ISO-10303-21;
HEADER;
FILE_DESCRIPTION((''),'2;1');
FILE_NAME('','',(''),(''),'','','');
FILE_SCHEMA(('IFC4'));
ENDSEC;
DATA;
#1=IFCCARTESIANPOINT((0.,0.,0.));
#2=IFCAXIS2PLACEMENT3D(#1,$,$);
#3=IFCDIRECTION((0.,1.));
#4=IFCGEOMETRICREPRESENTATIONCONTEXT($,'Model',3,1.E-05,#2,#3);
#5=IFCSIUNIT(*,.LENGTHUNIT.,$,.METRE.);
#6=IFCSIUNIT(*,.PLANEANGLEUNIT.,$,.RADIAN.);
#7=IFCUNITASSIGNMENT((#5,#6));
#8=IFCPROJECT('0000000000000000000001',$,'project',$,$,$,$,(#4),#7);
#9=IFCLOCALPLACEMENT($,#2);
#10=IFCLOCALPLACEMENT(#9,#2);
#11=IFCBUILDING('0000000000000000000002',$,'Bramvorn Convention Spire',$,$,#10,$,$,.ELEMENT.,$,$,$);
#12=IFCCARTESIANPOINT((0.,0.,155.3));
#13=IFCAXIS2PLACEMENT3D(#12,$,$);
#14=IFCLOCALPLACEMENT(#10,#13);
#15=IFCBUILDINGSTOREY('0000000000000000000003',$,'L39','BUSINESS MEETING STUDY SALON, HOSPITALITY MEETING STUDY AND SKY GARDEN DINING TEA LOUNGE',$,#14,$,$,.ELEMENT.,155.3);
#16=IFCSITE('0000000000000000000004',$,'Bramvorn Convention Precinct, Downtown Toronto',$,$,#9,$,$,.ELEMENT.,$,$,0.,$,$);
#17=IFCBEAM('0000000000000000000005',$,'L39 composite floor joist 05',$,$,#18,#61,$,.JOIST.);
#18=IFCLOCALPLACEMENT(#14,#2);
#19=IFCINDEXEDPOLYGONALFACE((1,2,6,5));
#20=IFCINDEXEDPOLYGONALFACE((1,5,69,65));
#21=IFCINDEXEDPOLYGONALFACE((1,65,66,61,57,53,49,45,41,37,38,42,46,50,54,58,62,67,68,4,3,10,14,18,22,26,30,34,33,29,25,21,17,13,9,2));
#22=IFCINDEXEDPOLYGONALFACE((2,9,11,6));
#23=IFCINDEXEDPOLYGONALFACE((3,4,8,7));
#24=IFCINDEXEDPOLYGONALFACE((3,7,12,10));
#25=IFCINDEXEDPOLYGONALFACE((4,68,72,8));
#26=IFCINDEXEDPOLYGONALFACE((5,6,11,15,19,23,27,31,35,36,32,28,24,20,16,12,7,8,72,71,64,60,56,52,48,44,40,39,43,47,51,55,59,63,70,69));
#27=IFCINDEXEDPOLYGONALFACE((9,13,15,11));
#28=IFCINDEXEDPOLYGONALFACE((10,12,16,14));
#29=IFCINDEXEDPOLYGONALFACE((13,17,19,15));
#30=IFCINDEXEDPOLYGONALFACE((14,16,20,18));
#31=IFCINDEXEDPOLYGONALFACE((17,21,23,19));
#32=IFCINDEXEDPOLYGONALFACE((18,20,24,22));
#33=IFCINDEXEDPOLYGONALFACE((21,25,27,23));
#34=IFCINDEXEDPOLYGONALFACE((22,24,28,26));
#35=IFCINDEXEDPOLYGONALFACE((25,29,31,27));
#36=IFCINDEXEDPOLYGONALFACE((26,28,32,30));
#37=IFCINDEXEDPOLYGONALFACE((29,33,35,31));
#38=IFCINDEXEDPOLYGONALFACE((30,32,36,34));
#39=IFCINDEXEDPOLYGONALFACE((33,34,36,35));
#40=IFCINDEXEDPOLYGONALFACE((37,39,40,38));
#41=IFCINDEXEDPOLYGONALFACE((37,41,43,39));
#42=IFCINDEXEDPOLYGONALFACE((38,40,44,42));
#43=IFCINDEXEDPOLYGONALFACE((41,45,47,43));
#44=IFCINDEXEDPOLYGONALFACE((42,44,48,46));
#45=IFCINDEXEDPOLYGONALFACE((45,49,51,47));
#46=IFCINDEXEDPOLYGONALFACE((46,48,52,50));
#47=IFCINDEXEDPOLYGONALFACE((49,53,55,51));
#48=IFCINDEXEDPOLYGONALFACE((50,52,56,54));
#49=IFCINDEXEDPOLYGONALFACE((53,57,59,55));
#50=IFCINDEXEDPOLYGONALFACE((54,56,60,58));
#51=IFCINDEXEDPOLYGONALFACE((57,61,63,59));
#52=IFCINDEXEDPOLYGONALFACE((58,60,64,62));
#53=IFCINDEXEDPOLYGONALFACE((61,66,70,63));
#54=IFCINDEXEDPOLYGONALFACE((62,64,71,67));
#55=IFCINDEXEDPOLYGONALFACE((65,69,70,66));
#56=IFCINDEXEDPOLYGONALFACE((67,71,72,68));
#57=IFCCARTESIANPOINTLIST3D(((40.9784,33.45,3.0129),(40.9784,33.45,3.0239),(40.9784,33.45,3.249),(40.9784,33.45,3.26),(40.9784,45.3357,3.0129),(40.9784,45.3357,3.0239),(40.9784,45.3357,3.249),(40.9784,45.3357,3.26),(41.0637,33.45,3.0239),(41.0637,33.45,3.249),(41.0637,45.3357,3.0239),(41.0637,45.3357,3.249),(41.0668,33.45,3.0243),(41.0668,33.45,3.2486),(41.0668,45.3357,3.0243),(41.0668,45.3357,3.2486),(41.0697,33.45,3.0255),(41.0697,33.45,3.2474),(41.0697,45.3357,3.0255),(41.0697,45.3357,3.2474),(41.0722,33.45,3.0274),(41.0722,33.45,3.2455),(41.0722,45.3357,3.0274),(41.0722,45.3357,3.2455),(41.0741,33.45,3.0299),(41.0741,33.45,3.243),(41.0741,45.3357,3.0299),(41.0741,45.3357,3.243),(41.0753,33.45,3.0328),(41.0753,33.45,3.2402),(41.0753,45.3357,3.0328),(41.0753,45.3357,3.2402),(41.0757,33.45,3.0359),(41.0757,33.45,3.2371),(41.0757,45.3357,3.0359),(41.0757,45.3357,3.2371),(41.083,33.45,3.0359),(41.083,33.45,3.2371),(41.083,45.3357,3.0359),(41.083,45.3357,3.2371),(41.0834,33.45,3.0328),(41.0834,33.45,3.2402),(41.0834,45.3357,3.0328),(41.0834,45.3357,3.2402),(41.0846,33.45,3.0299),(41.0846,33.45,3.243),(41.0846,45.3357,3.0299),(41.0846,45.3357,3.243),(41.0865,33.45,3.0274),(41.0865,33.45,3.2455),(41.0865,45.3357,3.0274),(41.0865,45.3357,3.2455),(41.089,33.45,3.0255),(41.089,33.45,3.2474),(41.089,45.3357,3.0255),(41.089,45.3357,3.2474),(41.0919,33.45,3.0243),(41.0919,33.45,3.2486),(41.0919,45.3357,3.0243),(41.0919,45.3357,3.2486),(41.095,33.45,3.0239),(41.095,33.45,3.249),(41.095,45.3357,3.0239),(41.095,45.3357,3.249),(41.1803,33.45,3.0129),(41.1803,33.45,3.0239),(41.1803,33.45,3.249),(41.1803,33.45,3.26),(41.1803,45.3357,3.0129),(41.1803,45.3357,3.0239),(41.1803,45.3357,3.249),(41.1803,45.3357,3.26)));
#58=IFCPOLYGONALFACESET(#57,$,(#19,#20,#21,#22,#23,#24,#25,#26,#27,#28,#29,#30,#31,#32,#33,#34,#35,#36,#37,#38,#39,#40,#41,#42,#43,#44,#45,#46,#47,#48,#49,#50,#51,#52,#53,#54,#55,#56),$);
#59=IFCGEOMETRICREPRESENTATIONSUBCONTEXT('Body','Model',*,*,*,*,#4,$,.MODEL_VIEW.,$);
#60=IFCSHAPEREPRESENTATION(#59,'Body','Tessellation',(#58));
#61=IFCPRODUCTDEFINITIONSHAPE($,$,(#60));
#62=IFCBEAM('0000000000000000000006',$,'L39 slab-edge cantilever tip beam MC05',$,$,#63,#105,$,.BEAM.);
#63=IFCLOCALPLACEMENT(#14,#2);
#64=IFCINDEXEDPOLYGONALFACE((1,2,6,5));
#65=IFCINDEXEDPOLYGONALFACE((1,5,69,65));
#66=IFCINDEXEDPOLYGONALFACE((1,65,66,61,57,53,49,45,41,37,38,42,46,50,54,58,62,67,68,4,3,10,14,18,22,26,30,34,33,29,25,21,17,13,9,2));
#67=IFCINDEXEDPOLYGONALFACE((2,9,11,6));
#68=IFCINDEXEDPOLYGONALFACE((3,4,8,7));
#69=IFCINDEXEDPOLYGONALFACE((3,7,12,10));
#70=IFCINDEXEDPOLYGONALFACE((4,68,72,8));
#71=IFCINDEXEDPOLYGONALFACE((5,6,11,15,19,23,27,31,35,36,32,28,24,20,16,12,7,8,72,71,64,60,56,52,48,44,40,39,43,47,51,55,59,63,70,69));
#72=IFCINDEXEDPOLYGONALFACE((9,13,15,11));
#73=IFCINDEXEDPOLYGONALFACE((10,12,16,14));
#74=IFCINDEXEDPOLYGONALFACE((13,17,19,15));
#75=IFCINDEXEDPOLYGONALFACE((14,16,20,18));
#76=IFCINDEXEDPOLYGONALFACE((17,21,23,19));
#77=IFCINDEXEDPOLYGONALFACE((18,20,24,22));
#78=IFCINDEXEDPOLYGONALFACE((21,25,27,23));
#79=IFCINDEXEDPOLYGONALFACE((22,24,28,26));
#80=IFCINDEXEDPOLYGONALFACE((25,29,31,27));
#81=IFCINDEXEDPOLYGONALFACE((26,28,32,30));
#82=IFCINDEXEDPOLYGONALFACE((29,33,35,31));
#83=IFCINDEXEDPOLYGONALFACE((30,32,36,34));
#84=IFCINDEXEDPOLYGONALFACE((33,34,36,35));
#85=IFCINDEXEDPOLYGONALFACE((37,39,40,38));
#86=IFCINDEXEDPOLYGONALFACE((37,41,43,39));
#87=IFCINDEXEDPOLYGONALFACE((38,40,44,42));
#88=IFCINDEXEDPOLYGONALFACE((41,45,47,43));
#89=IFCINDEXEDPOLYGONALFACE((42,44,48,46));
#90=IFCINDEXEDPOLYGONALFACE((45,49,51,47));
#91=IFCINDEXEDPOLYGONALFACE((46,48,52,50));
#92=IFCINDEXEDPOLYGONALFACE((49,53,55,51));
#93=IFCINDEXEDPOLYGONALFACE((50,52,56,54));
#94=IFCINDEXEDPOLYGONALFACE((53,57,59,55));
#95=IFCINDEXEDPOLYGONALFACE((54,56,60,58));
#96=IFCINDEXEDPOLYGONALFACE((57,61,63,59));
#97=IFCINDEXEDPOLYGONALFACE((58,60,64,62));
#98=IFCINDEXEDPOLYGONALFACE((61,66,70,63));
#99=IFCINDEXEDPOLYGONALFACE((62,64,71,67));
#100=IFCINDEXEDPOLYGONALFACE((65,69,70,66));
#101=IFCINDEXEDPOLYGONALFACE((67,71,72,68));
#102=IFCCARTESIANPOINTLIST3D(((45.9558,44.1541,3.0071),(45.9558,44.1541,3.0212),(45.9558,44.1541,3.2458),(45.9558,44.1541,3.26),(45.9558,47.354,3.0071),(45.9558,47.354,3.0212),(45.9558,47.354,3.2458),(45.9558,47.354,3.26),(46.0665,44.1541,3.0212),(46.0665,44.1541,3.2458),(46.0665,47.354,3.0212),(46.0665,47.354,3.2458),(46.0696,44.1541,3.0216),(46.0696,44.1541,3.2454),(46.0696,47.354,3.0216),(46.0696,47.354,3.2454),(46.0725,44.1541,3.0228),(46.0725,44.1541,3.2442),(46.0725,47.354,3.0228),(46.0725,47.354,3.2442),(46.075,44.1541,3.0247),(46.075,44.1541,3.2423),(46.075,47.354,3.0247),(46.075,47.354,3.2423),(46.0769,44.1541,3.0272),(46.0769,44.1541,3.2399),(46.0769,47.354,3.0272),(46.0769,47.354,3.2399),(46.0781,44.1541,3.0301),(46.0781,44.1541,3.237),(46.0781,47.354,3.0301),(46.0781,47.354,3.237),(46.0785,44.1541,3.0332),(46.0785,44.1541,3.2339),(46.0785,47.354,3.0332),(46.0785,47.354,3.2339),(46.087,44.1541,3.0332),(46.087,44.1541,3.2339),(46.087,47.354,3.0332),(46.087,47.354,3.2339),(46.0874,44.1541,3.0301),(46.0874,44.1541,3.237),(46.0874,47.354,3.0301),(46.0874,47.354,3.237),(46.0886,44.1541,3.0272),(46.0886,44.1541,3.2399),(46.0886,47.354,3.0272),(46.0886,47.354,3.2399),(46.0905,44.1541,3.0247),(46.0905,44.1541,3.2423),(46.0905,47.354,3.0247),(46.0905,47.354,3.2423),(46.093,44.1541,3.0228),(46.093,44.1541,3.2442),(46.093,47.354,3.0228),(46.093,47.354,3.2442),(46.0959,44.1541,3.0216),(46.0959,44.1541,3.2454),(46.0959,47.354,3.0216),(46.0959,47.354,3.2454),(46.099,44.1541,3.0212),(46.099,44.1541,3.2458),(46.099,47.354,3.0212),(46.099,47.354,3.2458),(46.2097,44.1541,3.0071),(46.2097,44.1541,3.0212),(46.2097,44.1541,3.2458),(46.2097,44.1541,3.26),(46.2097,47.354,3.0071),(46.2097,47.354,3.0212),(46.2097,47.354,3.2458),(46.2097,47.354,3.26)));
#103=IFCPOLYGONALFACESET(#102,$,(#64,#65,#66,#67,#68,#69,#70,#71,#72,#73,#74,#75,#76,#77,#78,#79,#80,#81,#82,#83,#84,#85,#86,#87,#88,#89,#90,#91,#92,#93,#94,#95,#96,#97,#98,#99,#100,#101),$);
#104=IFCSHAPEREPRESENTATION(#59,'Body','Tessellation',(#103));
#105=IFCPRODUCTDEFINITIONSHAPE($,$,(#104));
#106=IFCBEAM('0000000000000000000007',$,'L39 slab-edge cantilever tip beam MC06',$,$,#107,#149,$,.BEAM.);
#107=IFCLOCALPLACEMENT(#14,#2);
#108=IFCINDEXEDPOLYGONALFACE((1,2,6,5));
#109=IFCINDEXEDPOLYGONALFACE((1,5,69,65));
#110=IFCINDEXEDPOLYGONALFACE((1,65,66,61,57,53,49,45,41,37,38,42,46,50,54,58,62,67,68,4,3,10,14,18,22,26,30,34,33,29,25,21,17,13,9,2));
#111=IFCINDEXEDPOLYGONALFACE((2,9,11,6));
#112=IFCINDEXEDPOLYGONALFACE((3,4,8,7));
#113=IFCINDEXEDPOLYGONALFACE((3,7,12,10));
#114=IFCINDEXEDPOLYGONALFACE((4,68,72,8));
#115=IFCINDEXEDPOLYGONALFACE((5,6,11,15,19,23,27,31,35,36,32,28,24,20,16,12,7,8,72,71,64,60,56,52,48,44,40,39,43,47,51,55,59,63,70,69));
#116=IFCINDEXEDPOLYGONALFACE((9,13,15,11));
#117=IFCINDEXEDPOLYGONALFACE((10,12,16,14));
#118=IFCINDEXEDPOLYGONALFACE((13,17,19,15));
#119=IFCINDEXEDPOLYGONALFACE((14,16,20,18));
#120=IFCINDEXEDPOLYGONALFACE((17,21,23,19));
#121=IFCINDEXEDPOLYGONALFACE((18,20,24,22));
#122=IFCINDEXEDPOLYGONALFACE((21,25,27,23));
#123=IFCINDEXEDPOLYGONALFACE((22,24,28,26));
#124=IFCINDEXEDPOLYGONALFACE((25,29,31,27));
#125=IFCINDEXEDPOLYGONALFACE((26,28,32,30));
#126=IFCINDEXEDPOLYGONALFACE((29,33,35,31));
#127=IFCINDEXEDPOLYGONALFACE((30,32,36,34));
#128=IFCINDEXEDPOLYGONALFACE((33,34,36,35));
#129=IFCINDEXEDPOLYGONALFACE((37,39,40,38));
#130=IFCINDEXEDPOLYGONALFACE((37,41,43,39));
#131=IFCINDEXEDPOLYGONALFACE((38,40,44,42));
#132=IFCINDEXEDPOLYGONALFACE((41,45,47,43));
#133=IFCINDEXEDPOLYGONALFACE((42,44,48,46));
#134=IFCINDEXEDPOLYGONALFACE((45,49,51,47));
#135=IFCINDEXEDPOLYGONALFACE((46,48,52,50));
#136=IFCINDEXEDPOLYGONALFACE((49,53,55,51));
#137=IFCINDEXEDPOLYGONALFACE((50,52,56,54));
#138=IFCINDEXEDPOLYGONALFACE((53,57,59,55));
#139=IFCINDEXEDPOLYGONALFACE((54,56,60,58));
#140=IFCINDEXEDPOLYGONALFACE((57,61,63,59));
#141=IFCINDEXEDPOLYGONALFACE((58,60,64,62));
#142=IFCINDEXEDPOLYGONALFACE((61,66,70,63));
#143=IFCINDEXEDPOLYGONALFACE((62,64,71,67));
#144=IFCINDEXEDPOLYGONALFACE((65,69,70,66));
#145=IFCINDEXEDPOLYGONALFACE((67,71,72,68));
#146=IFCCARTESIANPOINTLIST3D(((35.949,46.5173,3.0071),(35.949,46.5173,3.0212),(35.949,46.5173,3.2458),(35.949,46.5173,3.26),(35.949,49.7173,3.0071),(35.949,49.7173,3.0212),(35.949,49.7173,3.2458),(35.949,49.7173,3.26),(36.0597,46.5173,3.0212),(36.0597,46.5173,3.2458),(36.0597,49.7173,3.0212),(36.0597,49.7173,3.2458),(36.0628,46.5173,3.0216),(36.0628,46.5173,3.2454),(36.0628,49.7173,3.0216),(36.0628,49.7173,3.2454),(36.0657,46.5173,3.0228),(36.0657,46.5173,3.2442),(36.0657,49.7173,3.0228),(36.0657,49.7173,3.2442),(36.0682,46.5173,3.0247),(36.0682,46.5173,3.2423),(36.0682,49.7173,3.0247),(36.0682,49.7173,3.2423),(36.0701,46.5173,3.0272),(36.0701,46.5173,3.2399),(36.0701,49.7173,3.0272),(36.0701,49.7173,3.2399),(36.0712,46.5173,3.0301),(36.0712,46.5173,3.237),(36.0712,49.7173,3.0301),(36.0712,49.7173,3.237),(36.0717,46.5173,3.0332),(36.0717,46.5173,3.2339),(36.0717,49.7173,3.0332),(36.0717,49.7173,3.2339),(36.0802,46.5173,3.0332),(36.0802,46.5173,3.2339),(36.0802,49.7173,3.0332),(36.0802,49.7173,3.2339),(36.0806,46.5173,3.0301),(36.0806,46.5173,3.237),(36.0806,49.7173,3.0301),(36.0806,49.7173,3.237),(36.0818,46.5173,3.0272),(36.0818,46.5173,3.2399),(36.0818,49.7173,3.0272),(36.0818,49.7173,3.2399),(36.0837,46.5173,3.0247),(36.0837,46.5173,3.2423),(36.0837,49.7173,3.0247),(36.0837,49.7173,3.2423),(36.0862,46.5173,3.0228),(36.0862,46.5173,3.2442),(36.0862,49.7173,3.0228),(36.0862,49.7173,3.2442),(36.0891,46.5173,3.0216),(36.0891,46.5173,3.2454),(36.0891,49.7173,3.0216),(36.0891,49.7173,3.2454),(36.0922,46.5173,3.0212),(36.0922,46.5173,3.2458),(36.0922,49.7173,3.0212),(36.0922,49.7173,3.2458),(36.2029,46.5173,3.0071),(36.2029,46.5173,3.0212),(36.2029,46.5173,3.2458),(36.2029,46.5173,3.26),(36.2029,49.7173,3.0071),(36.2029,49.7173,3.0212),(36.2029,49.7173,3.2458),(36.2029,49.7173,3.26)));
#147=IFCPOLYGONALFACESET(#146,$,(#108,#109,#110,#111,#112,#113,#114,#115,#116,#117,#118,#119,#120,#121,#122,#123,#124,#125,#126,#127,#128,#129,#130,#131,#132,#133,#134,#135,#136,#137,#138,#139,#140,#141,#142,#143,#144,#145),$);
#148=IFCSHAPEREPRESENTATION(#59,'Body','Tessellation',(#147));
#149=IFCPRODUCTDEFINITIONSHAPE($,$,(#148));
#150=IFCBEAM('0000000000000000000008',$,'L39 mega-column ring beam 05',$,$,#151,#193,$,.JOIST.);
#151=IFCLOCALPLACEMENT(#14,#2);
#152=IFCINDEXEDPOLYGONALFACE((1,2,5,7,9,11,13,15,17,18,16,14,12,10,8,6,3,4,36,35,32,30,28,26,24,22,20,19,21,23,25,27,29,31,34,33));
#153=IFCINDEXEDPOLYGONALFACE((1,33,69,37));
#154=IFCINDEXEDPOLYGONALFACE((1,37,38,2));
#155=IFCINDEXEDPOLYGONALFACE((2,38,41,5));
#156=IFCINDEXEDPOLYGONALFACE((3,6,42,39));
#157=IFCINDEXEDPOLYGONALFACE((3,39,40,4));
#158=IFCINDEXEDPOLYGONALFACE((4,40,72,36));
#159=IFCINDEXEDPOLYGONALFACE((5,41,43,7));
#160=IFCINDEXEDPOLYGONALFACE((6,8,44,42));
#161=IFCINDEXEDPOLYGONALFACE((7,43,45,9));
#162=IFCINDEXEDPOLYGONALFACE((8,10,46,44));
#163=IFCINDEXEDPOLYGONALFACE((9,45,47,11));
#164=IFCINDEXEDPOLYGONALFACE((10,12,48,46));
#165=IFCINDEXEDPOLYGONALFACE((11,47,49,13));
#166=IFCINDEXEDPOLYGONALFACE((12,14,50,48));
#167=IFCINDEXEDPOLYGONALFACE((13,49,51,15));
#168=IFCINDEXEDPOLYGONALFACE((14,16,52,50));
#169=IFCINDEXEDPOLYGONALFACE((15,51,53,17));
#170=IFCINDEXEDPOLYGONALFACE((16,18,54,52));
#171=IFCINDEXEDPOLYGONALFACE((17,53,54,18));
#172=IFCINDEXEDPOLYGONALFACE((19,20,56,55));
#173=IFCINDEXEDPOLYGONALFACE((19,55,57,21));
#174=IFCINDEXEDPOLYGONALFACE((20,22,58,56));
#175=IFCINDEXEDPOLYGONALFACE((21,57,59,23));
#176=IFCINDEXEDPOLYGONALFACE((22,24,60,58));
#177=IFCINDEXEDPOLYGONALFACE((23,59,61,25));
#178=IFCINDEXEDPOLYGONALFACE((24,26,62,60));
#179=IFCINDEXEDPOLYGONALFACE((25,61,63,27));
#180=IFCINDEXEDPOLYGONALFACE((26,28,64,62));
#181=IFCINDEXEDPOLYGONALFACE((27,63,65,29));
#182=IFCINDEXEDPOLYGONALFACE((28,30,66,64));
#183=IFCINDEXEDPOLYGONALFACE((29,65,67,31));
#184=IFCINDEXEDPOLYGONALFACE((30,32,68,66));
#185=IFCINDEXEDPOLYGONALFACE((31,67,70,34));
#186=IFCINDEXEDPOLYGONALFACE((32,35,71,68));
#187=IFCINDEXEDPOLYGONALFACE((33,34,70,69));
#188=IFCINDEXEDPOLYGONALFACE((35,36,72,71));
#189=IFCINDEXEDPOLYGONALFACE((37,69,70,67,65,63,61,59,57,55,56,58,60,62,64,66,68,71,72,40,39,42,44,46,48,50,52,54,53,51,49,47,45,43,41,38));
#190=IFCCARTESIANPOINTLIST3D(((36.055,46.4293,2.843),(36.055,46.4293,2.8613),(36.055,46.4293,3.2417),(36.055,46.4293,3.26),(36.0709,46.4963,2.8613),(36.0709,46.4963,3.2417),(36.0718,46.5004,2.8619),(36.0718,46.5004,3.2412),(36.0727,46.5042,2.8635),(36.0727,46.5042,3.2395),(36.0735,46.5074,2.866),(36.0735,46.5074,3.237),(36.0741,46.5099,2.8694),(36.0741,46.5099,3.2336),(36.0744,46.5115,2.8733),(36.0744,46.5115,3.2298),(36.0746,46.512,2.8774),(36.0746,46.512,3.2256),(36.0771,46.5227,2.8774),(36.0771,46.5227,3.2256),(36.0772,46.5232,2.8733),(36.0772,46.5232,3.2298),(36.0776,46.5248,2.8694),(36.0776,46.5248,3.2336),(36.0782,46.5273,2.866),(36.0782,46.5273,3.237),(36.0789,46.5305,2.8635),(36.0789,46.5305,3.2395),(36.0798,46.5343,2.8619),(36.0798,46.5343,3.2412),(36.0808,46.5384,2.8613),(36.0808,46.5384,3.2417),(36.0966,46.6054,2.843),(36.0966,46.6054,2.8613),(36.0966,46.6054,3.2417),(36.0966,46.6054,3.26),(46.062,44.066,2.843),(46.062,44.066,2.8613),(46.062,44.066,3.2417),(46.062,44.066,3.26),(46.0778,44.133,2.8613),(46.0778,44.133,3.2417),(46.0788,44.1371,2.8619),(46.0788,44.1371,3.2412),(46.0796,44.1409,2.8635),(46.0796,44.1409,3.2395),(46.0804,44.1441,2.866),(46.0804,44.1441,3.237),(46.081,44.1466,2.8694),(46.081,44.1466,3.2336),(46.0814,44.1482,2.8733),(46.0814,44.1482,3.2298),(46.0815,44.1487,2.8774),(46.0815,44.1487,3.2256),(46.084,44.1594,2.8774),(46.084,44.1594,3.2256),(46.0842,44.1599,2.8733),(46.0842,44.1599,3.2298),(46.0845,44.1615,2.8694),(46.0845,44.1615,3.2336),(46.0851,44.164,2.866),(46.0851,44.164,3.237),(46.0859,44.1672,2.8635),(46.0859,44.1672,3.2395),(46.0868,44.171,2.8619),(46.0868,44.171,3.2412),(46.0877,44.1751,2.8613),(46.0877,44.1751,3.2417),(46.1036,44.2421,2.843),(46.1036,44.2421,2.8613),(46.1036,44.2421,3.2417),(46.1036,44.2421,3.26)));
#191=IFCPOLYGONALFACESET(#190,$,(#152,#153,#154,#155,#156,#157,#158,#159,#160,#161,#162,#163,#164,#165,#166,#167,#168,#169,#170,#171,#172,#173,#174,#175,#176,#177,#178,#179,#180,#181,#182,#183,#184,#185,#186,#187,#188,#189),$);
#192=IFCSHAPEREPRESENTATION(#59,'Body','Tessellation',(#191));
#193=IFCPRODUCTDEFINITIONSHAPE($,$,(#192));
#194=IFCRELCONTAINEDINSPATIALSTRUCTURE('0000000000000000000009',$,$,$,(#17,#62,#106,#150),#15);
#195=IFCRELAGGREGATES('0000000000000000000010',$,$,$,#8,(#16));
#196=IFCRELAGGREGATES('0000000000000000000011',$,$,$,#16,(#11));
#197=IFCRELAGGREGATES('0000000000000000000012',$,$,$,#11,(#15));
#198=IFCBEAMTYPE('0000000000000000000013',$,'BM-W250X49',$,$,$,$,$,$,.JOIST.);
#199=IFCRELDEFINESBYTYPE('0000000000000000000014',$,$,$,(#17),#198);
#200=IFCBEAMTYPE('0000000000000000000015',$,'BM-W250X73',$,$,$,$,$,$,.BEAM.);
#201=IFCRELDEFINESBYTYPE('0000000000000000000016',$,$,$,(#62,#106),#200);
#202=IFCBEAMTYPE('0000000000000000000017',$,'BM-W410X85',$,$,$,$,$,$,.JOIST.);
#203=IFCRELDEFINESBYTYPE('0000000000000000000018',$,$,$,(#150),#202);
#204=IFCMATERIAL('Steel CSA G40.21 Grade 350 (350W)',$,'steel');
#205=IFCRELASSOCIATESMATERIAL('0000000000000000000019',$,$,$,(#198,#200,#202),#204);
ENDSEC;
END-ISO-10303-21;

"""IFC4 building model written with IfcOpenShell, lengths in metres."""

from ifc_helpers import new_model, si_unit, direction, frame, origin, origin_2d, place, context, subcontext, project, spatial, i_section, extrude, material, material_profile, profile_set, type_object, element, save


model = new_model("IFC4")

# Units and contexts
model_context = context("Model", 3, precision=1e-05, world=origin(), true_north=direction((0.0, 1.0)))
body_context = subcontext(model_context, "Body", "Model", "MODEL_VIEW")
ifc_project = project(units=[si_unit("LENGTHUNIT", "METRE"), si_unit("PLANEANGLEUNIT", "RADIAN")], contexts=[model_context])

# Site, building, storey
site_placement = place(None, origin())
site = spatial("IfcSite", under=ifc_project, at=site_placement, Name="Bramvorn Convention Precinct, Downtown Toronto", CompositionType="ELEMENT", RefElevation=0.0)
building_placement = place(site_placement, origin())
building = spatial("IfcBuilding", under=site, at=building_placement, Name="Bramvorn Convention Spire", CompositionType="ELEMENT")
storey_placement = place(building_placement, frame((0.0, 0.0, 155.3)))
storey = spatial("IfcBuildingStorey", under=building, at=storey_placement, Name="L39", Description="BUSINESS MEETING STUDY SALON, HOSPITALITY MEETING STUDY AND SKY GARDEN DINING TEA LOUNGE", CompositionType="ELEMENT", Elevation=155.3)

# Shared definitions
ifc_material_1 = material(Name="Steel CSA G40.21 Grade 350 (350W)", Category="steel")

# Beams
ifc_material_profile_1 = material_profile(ifc_material_1, i_section(OverallWidth=0.2019, OverallDepth=0.2471, WebThickness=0.0073, FlangeThickness=0.011, FilletRadius=0.012, at=origin_2d()))
ifc_profile_set_1 = profile_set([ifc_material_profile_1], Name="Steel CSA G40.21 Grade 350 (350W) - W250X49")
beam_type_1 = type_object("IfcBeamType", Name="BM-W250X49", PredefinedType="JOIST", material=ifc_profile_set_1)
beam_1_placement = place(storey_placement, frame((41.0793, 33.45, 3.1365), z_axis=(0.0, 1.0, 0.0), x_axis=(-1.0, 0.0, 0.0)))
element("IfcBeam", 1, at=beam_1_placement, inside=storey, type_object=beam_type_1, Name="L39 composite floor joist 05", PredefinedType="JOIST", context=body_context, shape_type="SweptSolid", body=[
    extrude(i_section(OverallWidth=0.2019, OverallDepth=0.2471, WebThickness=0.0073, FlangeThickness=0.011, FilletRadius=0.012, at=origin_2d()), origin(), (0.0, 0.0, 1.0), 11.8857),
])
ifc_material_profile_2 = material_profile(ifc_material_1, i_section(OverallWidth=0.2539, OverallDepth=0.2529, WebThickness=0.0085, FlangeThickness=0.0142, FilletRadius=0.012, at=origin_2d()))
ifc_profile_set_2 = profile_set([ifc_material_profile_2], Name="Steel CSA G40.21 Grade 350 (350W) - W250X73")
beam_type_2 = type_object("IfcBeamType", Name="BM-W250X73", PredefinedType="BEAM", material=ifc_profile_set_2)
for number, where, z_axis, x_axis, name in (
    (2, (46.0828, 44.1541, 3.1335), (0.0, 1.0, 0.0), (-1.0, 0.0, 0.0), "L39 slab-edge cantilever tip beam MC05"),
    (3, (36.0759, 46.5173, 3.1335), (0.0, 1.0, 0.0), (-1.0, 0.0, 0.0), "L39 slab-edge cantilever tip beam MC06"),
):
    element("IfcBeam", number, at=place(storey_placement, frame(where, z_axis=z_axis, x_axis=x_axis)), inside=storey, type_object=beam_type_2, Name=name, PredefinedType="BEAM", context=body_context, shape_type="SweptSolid", body=[
        extrude(i_section(OverallWidth=0.2539, OverallDepth=0.2529, WebThickness=0.0085, FlangeThickness=0.0142, FilletRadius=0.012, at=origin_2d()), origin(), (0.0, 0.0, 1.0), 3.2),
    ])
ifc_material_profile_3 = material_profile(ifc_material_1, i_section(OverallWidth=0.1809, OverallDepth=0.417, WebThickness=0.011, FlangeThickness=0.0183, FilletRadius=0.0161, at=origin_2d()))
ifc_profile_set_3 = profile_set([ifc_material_profile_3], Name="Steel CSA G40.21 Grade 350 (350W) - W410X85")
beam_type_3 = type_object("IfcBeamType", Name="BM-W410X85", PredefinedType="JOIST", material=ifc_profile_set_3)
beam_2_placement = place(storey_placement, frame((46.0828, 44.1541, 3.0515), z_axis=(-0.973228, 0.229844, 0.0), x_axis=(-0.229844, -0.973228, 0.0)))
element("IfcBeam", 4, at=beam_2_placement, inside=storey, type_object=beam_type_3, Name="L39 mega-column ring beam 05", PredefinedType="JOIST", context=body_context, shape_type="SweptSolid", body=[
    extrude(i_section(OverallWidth=0.1809, OverallDepth=0.417, WebThickness=0.011, FlangeThickness=0.0183, FilletRadius=0.0161, at=origin_2d()), origin(), (0.0, 0.0, 1.0), 10.2822),
])

save(model, "model.ifc")
